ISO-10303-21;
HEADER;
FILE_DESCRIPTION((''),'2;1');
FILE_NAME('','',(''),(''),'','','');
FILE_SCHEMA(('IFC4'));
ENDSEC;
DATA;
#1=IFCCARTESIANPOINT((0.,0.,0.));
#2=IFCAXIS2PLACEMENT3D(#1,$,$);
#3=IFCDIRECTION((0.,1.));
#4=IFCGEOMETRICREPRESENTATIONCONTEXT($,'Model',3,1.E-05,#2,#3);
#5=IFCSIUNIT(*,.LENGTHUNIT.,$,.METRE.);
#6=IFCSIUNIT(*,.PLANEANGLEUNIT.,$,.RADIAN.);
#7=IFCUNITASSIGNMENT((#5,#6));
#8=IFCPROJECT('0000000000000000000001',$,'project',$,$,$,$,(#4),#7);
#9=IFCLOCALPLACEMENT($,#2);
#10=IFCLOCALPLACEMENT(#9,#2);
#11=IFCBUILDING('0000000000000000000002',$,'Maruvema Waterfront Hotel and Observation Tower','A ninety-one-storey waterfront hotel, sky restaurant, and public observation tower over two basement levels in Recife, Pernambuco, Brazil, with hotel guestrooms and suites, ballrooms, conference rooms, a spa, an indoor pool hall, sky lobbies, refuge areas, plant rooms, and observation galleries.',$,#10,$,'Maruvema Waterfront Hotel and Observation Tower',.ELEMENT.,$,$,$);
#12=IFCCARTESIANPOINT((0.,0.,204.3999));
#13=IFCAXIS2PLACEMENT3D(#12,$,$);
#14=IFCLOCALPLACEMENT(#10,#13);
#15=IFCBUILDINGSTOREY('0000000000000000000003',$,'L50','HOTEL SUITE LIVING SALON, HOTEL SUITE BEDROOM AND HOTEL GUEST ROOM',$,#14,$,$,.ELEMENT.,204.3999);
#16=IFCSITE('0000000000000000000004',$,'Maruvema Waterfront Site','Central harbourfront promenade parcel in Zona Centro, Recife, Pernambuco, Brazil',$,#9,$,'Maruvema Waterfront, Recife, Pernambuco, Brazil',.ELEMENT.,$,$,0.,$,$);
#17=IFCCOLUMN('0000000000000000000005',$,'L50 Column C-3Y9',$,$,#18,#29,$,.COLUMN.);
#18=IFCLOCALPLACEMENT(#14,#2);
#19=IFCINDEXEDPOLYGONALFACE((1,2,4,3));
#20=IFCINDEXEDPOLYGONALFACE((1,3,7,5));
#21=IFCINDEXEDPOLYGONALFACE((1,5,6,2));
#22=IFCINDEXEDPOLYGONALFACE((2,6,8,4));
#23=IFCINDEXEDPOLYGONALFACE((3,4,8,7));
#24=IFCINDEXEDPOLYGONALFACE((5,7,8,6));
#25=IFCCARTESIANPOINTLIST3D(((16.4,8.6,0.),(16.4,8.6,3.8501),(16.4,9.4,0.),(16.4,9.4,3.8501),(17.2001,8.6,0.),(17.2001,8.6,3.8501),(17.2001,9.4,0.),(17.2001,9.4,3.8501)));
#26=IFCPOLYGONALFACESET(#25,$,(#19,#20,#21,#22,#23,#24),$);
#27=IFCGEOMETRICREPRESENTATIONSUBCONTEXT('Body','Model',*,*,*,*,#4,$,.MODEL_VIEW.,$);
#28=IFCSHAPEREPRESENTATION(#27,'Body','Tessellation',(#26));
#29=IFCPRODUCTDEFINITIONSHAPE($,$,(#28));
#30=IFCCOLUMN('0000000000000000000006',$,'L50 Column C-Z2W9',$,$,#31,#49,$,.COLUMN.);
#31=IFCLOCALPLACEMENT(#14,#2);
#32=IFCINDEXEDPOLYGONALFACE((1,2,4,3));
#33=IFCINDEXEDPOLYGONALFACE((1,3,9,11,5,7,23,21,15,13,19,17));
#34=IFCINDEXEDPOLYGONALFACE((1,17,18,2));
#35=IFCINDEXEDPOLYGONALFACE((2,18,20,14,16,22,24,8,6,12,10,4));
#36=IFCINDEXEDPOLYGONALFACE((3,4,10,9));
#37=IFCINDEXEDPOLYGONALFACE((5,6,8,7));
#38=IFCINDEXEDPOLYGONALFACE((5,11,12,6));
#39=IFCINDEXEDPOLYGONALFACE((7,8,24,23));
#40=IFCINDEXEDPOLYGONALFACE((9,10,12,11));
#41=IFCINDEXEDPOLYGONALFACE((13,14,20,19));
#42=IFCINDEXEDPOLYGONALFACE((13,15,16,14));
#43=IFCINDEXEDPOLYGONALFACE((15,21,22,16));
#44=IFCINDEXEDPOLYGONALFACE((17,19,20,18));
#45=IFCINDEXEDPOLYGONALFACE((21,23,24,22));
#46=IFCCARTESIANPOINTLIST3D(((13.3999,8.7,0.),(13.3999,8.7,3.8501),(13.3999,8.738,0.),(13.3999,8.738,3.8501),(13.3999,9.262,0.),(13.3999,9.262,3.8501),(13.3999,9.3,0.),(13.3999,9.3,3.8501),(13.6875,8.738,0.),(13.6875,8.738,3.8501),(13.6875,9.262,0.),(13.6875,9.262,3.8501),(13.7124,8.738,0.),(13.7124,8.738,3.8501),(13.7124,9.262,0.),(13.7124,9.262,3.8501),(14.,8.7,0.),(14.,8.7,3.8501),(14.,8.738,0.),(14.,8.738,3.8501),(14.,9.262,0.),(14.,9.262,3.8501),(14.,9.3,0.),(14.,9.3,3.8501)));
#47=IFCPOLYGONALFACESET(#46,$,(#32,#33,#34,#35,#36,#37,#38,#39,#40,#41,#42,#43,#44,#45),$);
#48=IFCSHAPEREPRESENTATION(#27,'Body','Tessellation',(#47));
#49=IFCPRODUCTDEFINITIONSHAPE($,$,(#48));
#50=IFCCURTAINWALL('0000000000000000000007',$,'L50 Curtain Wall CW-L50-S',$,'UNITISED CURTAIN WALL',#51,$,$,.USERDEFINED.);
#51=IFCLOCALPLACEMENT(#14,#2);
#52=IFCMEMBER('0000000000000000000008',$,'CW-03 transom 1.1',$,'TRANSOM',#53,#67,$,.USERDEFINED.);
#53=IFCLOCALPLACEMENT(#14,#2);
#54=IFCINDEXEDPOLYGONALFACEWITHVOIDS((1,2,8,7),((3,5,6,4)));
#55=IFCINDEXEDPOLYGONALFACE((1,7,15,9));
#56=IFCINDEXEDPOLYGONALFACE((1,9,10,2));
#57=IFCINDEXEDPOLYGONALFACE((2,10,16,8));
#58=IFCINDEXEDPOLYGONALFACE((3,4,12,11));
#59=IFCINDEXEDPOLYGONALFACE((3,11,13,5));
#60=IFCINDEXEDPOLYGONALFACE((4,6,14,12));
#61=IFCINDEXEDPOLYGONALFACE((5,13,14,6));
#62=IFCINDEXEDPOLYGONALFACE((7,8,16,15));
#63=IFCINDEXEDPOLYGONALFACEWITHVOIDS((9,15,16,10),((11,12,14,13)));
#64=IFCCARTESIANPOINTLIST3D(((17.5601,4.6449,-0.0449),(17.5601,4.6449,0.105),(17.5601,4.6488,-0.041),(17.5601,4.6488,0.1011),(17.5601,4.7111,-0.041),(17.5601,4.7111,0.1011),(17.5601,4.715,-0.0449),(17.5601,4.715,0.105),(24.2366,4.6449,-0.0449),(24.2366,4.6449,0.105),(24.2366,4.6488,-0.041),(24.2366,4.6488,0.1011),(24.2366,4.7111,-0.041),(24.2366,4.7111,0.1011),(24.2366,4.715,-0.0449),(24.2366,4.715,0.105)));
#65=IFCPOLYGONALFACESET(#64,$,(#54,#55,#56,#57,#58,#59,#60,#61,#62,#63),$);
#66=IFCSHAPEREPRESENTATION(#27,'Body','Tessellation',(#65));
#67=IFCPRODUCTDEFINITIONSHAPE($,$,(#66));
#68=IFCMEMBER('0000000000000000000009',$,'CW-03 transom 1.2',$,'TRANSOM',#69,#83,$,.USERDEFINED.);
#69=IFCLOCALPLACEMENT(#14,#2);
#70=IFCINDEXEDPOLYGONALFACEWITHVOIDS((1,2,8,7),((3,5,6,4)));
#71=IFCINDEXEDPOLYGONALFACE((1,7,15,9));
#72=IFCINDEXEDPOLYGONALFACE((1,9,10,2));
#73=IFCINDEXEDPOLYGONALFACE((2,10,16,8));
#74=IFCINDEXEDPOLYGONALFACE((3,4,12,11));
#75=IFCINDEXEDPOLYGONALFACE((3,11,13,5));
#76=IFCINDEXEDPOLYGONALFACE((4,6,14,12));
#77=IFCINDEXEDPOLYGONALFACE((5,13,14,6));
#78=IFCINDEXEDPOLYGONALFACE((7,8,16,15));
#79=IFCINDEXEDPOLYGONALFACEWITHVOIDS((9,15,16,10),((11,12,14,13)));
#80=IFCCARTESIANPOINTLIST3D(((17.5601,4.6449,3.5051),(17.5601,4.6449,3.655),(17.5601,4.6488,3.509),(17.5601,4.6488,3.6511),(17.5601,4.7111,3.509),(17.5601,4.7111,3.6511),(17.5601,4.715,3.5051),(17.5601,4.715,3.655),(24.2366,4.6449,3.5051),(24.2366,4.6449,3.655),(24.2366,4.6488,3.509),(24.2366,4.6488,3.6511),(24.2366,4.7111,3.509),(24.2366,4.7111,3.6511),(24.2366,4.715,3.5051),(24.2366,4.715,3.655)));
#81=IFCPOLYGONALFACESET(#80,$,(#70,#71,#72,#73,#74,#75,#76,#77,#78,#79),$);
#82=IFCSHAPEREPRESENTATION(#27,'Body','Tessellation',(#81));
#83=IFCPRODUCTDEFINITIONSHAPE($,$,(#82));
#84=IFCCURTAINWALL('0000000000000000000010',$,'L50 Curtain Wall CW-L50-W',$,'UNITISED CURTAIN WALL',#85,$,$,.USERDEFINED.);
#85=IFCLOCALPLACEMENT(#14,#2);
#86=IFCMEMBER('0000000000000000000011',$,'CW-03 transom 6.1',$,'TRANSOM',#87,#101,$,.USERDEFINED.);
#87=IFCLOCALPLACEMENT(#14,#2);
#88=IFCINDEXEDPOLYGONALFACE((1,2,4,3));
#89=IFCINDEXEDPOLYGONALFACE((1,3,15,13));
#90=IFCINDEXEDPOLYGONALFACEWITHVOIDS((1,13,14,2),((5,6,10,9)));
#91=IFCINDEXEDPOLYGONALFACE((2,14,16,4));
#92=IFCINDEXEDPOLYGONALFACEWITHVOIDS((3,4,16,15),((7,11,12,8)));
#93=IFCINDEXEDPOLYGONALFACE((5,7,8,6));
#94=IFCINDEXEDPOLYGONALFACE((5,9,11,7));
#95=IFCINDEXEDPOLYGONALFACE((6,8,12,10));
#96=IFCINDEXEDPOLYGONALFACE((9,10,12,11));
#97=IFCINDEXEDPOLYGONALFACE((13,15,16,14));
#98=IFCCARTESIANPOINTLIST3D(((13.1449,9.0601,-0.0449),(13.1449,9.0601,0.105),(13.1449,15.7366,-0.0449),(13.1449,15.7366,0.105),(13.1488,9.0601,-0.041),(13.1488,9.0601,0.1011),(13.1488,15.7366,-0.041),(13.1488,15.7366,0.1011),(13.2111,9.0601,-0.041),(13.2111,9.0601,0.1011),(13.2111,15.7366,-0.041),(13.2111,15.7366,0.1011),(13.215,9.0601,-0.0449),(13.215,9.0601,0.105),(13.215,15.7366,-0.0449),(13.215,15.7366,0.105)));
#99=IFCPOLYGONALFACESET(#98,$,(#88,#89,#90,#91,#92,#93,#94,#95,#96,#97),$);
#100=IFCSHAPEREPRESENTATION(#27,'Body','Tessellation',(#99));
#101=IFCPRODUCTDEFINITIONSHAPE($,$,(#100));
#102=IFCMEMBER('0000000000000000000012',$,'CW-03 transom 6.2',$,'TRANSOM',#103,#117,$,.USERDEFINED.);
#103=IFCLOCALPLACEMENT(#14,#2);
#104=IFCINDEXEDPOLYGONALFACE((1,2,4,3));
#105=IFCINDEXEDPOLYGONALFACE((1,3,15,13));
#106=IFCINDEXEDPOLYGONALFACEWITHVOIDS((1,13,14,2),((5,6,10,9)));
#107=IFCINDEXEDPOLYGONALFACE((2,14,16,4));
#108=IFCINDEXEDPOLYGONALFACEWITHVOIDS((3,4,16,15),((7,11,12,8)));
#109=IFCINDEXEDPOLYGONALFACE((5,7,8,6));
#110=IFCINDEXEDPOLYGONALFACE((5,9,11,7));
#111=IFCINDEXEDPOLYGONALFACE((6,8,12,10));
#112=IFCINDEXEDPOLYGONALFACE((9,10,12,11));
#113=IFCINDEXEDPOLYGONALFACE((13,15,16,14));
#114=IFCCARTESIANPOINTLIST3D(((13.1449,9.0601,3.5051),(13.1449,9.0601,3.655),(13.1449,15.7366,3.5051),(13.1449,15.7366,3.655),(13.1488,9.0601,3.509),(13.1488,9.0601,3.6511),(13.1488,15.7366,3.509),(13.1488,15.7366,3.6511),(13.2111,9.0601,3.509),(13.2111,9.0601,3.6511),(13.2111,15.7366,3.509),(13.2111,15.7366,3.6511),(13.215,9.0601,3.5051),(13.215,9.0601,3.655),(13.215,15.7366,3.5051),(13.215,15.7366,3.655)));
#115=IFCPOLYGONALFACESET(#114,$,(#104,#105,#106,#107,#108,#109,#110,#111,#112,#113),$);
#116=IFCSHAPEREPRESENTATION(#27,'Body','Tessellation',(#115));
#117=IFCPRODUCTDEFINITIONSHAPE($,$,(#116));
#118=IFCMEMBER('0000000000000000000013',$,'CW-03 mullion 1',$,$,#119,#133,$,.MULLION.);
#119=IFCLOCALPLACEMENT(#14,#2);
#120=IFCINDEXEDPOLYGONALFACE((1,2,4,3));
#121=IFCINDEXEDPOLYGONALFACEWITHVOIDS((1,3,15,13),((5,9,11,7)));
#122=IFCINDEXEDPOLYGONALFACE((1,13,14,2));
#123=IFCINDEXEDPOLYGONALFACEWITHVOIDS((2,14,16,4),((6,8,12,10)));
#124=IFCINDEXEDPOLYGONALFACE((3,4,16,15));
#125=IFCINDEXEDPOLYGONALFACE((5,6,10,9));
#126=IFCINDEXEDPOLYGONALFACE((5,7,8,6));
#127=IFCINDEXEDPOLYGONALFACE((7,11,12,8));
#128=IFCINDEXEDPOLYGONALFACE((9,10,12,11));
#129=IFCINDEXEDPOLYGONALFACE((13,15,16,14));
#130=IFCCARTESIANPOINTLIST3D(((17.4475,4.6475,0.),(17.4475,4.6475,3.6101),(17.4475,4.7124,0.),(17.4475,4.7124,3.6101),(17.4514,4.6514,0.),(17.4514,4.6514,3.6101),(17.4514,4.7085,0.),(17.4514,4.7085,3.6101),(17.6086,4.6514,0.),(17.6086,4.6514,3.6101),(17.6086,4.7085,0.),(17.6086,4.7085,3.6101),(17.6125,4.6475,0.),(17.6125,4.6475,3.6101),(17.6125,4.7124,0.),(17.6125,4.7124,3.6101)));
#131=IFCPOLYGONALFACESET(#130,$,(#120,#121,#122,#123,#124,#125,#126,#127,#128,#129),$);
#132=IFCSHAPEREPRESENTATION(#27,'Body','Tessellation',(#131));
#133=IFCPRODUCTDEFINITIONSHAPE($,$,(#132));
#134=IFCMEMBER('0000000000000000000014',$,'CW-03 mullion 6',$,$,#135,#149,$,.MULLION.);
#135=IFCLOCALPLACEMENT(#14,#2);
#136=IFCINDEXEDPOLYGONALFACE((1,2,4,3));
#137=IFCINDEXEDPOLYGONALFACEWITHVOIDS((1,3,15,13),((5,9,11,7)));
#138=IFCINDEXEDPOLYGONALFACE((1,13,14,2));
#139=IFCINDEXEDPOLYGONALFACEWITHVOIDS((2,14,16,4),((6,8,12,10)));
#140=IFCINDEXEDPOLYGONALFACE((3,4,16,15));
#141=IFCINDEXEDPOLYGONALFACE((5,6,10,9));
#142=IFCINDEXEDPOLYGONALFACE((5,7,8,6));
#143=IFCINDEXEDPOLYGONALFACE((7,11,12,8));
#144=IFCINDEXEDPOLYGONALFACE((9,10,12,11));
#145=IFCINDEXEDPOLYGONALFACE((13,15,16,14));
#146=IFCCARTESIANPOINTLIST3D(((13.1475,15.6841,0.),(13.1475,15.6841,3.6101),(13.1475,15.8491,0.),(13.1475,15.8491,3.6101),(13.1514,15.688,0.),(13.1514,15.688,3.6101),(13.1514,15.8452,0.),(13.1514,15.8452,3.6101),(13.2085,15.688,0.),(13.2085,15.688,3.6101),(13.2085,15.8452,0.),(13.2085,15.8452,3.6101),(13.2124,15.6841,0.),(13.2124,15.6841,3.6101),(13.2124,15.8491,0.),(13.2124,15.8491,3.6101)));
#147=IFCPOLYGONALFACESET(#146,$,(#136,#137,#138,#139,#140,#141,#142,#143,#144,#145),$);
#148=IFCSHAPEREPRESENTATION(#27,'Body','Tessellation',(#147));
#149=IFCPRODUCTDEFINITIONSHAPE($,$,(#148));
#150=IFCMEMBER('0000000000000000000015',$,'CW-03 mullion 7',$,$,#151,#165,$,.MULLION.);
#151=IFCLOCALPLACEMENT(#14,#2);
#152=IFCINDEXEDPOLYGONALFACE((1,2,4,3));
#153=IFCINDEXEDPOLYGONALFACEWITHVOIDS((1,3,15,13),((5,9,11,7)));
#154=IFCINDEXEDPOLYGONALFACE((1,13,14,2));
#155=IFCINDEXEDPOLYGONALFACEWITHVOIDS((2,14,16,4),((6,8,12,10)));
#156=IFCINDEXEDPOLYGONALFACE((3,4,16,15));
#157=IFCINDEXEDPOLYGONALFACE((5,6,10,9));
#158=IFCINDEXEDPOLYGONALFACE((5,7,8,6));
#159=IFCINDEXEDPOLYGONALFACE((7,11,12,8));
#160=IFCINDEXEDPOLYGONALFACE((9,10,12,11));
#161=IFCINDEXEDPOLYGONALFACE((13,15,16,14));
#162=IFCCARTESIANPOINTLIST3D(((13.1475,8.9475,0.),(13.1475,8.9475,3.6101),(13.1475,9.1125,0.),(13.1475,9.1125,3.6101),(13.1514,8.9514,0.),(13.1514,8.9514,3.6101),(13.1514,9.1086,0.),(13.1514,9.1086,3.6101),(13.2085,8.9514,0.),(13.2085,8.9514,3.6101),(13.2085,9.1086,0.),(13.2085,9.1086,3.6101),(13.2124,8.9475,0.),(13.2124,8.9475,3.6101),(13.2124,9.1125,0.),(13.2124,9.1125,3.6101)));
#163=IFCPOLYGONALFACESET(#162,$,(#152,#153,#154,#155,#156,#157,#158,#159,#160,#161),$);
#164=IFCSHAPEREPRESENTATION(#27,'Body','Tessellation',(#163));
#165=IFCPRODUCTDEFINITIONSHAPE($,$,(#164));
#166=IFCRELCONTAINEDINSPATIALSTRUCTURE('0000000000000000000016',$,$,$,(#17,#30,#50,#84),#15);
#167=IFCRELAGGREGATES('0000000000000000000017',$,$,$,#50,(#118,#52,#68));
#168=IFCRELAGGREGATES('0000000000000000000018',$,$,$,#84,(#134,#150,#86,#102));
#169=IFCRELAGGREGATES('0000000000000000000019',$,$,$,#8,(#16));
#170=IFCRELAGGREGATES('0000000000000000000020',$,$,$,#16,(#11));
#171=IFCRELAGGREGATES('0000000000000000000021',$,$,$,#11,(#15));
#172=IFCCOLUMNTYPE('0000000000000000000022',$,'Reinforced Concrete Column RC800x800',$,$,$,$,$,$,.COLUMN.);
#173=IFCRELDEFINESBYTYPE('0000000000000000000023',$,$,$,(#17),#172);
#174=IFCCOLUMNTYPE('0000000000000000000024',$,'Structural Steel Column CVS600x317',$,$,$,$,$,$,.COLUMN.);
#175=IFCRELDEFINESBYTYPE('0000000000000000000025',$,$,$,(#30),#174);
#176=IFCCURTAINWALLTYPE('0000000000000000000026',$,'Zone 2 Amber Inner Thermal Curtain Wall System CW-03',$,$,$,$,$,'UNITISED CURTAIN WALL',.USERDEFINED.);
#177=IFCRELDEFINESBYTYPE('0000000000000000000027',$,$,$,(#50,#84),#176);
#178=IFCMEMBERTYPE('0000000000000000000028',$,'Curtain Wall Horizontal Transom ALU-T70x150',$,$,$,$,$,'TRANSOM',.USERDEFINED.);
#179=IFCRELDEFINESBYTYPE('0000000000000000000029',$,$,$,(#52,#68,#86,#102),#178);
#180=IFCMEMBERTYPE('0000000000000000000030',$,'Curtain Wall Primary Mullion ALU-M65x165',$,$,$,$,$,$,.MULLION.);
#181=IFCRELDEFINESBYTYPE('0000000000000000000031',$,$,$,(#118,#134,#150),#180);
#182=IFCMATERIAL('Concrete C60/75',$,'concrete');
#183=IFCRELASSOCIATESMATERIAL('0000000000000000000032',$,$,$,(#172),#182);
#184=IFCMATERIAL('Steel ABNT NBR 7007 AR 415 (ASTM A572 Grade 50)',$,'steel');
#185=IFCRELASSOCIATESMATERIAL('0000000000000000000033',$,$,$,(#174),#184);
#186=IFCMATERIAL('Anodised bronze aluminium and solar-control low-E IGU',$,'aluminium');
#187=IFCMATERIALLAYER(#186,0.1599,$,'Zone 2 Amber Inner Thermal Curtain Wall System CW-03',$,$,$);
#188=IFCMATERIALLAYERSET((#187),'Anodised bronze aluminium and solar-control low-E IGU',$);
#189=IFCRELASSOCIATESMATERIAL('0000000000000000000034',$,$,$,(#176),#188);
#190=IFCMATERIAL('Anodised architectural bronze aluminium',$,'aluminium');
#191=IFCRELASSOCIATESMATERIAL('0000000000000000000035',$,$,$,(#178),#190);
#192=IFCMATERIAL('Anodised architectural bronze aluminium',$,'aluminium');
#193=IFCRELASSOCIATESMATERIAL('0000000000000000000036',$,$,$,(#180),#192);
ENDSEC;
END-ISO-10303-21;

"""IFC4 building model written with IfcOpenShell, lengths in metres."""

from ifc_helpers import new_model, si_unit, direction, frame, origin, origin_2d, place, context, subcontext, project, spatial, rectangle, hollow_rectangle, i_section, extrude, material, layer, layer_set, material_profile, profile_set, type_object, element, aggregate, save


model = new_model("IFC4")

# Units and contexts
model_context = context("Model", 3, precision=1e-05, world=origin(), true_north=direction((0.0, 1.0)))
body_context = subcontext(model_context, "Body", "Model", "MODEL_VIEW")
ifc_project = project(units=[si_unit("LENGTHUNIT", "METRE"), si_unit("PLANEANGLEUNIT", "RADIAN")], contexts=[model_context])

# Site, building, storey
site_placement = place(None, origin())
site = spatial("IfcSite", under=ifc_project, at=site_placement, Name="Maruvema Waterfront Site", Description="Central harbourfront promenade parcel in Zona Centro, Recife, Pernambuco, Brazil", LongName="Maruvema Waterfront, Recife, Pernambuco, Brazil", CompositionType="ELEMENT", RefElevation=0.0)
building_placement = place(site_placement, origin())
building = spatial("IfcBuilding", under=site, at=building_placement, Name="Maruvema Waterfront Hotel and Observation Tower", Description="A ninety-one-storey waterfront hotel, sky restaurant, and public observation tower over two basement levels in Recife, Pernambuco, Brazil, with hotel guestrooms and suites, ballrooms, conference rooms, a spa, an indoor pool hall, sky lobbies, refuge areas, plant rooms, and observation galleries.", LongName="Maruvema Waterfront Hotel and Observation Tower", CompositionType="ELEMENT")
storey_placement = place(building_placement, frame((0.0, 0.0, 204.3999)))
storey = spatial("IfcBuildingStorey", under=building, at=storey_placement, Name="L50", Description="HOTEL SUITE LIVING SALON, HOTEL SUITE BEDROOM AND HOTEL GUEST ROOM", CompositionType="ELEMENT", Elevation=204.3999)

# Columns
ifc_material_1 = material(Name="Concrete C60/75", Category="concrete")
ifc_material_profile_1 = material_profile(ifc_material_1, rectangle(XDim=0.8, YDim=0.8, at=origin_2d()), Name="RC800x800")
ifc_profile_set_1 = profile_set([ifc_material_profile_1], Name="Concrete C60/75")
column_type_1 = type_object("IfcColumnType", Name="Reinforced Concrete Column RC800x800", PredefinedType="COLUMN", material=ifc_profile_set_1)
column_1_placement = place(storey_placement, frame((16.8, 9.0, 0.0), z_axis=(0.0, 0.0, 1.0), x_axis=(1.0, 0.0, 0.0)))
element("IfcColumn", 1, at=column_1_placement, inside=storey, type_object=column_type_1, Name="L50 Column C-3Y9", PredefinedType="COLUMN", context=body_context, shape_type="SweptSolid", body=[
    extrude(rectangle(XDim=0.8, YDim=0.8, at=origin_2d()), origin(), (0.0, 0.0, 1.0), 3.8501),
])
ifc_material_2 = material(Name="Steel ABNT NBR 7007 AR 415 (ASTM A572 Grade 50)", Category="steel")
ifc_material_profile_2 = material_profile(ifc_material_2, i_section(OverallWidth=0.6001, OverallDepth=0.6001, WebThickness=0.0249, FlangeThickness=0.0381, at=origin_2d()), Name="CVS600x317")
ifc_profile_set_2 = profile_set([ifc_material_profile_2], Name="Steel ABNT NBR 7007 AR 415 (ASTM A572 Grade 50)")
column_type_2 = type_object("IfcColumnType", Name="Structural Steel Column CVS600x317", PredefinedType="COLUMN", material=ifc_profile_set_2)
column_2_placement = place(storey_placement, frame((13.7, 9.0, 0.0), z_axis=(0.0, 0.0, 1.0), x_axis=(1.0, 0.0, 0.0)))
element("IfcColumn", 2, at=column_2_placement, inside=storey, type_object=column_type_2, Name="L50 Column C-Z2W9", PredefinedType="COLUMN", context=body_context, shape_type="SweptSolid", body=[
    extrude(i_section(OverallWidth=0.6001, OverallDepth=0.6001, WebThickness=0.0249, FlangeThickness=0.0381, at=origin_2d()), origin(), (0.0, 0.0, 1.0), 3.8501),
])

# Curtain walls, members
ifc_material_3 = material(Name="Anodised bronze aluminium and solar-control low-E IGU", Category="aluminium")
ifc_layer_1 = layer(ifc_material_3, 0.1599, Name="Zone 2 Amber Inner Thermal Curtain Wall System CW-03")
ifc_layer_set_1 = layer_set([ifc_layer_1], Name="Anodised bronze aluminium and solar-control low-E IGU")
curtain_wall_type = type_object("IfcCurtainWallType", Name="Zone 2 Amber Inner Thermal Curtain Wall System CW-03", ElementType="UNITISED CURTAIN WALL", PredefinedType="USERDEFINED", material=ifc_layer_set_1)
curtain_wall_1_placement = place(storey_placement, origin())
curtain_wall_1 = element("IfcCurtainWall", 3, at=curtain_wall_1_placement, inside=storey, type_object=curtain_wall_type, Name="L50 Curtain Wall CW-L50-S", ObjectType="UNITISED CURTAIN WALL", PredefinedType="USERDEFINED")
ifc_material_4 = material(Name="Anodised architectural bronze aluminium", Category="aluminium")
ifc_material_profile_3 = material_profile(ifc_material_4, hollow_rectangle(XDim=0.0701, YDim=0.1499, WallThickness=0.0039, at=origin_2d()), Name="ALU-T70x150")
ifc_profile_set_3 = profile_set([ifc_material_profile_3], Name="Anodised architectural bronze aluminium")
member_type_1 = type_object("IfcMemberType", Name="Curtain Wall Horizontal Transom ALU-T70x150", ElementType="TRANSOM", PredefinedType="USERDEFINED", material=ifc_profile_set_3)
member_1_placement = place(storey_placement, frame((17.5601, 4.6799, 0.03), z_axis=(1.0, 0.0, 0.0), x_axis=(0.0, 1.0, 0.0)))
member_1 = element("IfcMember", 4, at=member_1_placement, type_object=member_type_1, Name="CW-03 transom 1.1", ObjectType="TRANSOM", PredefinedType="USERDEFINED", context=body_context, shape_type="SweptSolid", body=[
    extrude(hollow_rectangle(XDim=0.0701, YDim=0.1499, WallThickness=0.0039, at=origin_2d()), origin(), (0.0, 0.0, 1.0), 6.6765),
])
member_2_placement = place(storey_placement, frame((17.5601, 4.6799, 3.5801), z_axis=(1.0, 0.0, 0.0), x_axis=(0.0, 1.0, 0.0)))
member_2 = element("IfcMember", 5, at=member_2_placement, type_object=member_type_1, Name="CW-03 transom 1.2", ObjectType="TRANSOM", PredefinedType="USERDEFINED", context=body_context, shape_type="SweptSolid", body=[
    extrude(hollow_rectangle(XDim=0.0701, YDim=0.1499, WallThickness=0.0039, at=origin_2d()), origin(), (0.0, 0.0, 1.0), 6.6765),
])
curtain_wall_2_placement = place(storey_placement, origin())
curtain_wall_2 = element("IfcCurtainWall", 6, at=curtain_wall_2_placement, inside=storey, type_object=curtain_wall_type, Name="L50 Curtain Wall CW-L50-W", ObjectType="UNITISED CURTAIN WALL", PredefinedType="USERDEFINED")
member_3_placement = place(storey_placement, frame((13.1799, 15.7366, 0.03), z_axis=(0.0, -1.0, 0.0), x_axis=(1.0, 0.0, 0.0)))
member_3 = element("IfcMember", 7, at=member_3_placement, type_object=member_type_1, Name="CW-03 transom 6.1", ObjectType="TRANSOM", PredefinedType="USERDEFINED", context=body_context, shape_type="SweptSolid", body=[
    extrude(hollow_rectangle(XDim=0.0701, YDim=0.1499, WallThickness=0.0039, at=origin_2d()), origin(), (0.0, 0.0, 1.0), 6.6765),
])
member_4_placement = place(storey_placement, frame((13.1799, 15.7366, 3.5801), z_axis=(0.0, -1.0, 0.0), x_axis=(1.0, 0.0, 0.0)))
member_4 = element("IfcMember", 8, at=member_4_placement, type_object=member_type_1, Name="CW-03 transom 6.2", ObjectType="TRANSOM", PredefinedType="USERDEFINED", context=body_context, shape_type="SweptSolid", body=[
    extrude(hollow_rectangle(XDim=0.0701, YDim=0.1499, WallThickness=0.0039, at=origin_2d()), origin(), (0.0, 0.0, 1.0), 6.6765),
])

# Members
ifc_material_5 = material(Name="Anodised architectural bronze aluminium", Category="aluminium")
ifc_material_profile_4 = material_profile(ifc_material_5, hollow_rectangle(XDim=0.0649, YDim=0.165, WallThickness=0.0039, at=origin_2d()), Name="ALU-M65x165")
ifc_profile_set_4 = profile_set([ifc_material_profile_4], Name="Anodised architectural bronze aluminium")
member_type_2 = type_object("IfcMemberType", Name="Curtain Wall Primary Mullion ALU-M65x165", PredefinedType="MULLION", material=ifc_profile_set_4)
member_5_placement = place(storey_placement, frame((17.53, 4.6799, 0.0), z_axis=(0.0, 0.0, 1.0), x_axis=(0.0, 1.0, 0.0)))
member_5 = element("IfcMember", 9, at=member_5_placement, type_object=member_type_2, Name="CW-03 mullion 1", PredefinedType="MULLION", context=body_context, shape_type="SweptSolid", body=[
    extrude(hollow_rectangle(XDim=0.0649, YDim=0.165, WallThickness=0.0039, at=origin_2d()), origin(), (0.0, 0.0, 1.0), 3.6101),
])
member_6_placement = place(storey_placement, frame((13.1799, 15.7666, 0.0), z_axis=(0.0, 0.0, 1.0), x_axis=(1.0, 0.0, 0.0)))
member_6 = element("IfcMember", 10, at=member_6_placement, type_object=member_type_2, Name="CW-03 mullion 6", PredefinedType="MULLION", context=body_context, shape_type="SweptSolid", body=[
    extrude(hollow_rectangle(XDim=0.0649, YDim=0.165, WallThickness=0.0039, at=origin_2d()), origin(), (0.0, 0.0, 1.0), 3.6101),
])
member_7_placement = place(storey_placement, frame((13.1799, 9.03, 0.0), z_axis=(0.0, 0.0, 1.0), x_axis=(1.0, 0.0, 0.0)))
member_7 = element("IfcMember", 11, at=member_7_placement, type_object=member_type_2, Name="CW-03 mullion 7", PredefinedType="MULLION", context=body_context, shape_type="SweptSolid", body=[
    extrude(hollow_rectangle(XDim=0.0649, YDim=0.165, WallThickness=0.0039, at=origin_2d()), origin(), (0.0, 0.0, 1.0), 3.6101),
])

aggregate(curtain_wall_1, [member_5, member_1, member_2])
aggregate(curtain_wall_2, [member_6, member_7, member_3, member_4])

save(model, "model.ifc")
